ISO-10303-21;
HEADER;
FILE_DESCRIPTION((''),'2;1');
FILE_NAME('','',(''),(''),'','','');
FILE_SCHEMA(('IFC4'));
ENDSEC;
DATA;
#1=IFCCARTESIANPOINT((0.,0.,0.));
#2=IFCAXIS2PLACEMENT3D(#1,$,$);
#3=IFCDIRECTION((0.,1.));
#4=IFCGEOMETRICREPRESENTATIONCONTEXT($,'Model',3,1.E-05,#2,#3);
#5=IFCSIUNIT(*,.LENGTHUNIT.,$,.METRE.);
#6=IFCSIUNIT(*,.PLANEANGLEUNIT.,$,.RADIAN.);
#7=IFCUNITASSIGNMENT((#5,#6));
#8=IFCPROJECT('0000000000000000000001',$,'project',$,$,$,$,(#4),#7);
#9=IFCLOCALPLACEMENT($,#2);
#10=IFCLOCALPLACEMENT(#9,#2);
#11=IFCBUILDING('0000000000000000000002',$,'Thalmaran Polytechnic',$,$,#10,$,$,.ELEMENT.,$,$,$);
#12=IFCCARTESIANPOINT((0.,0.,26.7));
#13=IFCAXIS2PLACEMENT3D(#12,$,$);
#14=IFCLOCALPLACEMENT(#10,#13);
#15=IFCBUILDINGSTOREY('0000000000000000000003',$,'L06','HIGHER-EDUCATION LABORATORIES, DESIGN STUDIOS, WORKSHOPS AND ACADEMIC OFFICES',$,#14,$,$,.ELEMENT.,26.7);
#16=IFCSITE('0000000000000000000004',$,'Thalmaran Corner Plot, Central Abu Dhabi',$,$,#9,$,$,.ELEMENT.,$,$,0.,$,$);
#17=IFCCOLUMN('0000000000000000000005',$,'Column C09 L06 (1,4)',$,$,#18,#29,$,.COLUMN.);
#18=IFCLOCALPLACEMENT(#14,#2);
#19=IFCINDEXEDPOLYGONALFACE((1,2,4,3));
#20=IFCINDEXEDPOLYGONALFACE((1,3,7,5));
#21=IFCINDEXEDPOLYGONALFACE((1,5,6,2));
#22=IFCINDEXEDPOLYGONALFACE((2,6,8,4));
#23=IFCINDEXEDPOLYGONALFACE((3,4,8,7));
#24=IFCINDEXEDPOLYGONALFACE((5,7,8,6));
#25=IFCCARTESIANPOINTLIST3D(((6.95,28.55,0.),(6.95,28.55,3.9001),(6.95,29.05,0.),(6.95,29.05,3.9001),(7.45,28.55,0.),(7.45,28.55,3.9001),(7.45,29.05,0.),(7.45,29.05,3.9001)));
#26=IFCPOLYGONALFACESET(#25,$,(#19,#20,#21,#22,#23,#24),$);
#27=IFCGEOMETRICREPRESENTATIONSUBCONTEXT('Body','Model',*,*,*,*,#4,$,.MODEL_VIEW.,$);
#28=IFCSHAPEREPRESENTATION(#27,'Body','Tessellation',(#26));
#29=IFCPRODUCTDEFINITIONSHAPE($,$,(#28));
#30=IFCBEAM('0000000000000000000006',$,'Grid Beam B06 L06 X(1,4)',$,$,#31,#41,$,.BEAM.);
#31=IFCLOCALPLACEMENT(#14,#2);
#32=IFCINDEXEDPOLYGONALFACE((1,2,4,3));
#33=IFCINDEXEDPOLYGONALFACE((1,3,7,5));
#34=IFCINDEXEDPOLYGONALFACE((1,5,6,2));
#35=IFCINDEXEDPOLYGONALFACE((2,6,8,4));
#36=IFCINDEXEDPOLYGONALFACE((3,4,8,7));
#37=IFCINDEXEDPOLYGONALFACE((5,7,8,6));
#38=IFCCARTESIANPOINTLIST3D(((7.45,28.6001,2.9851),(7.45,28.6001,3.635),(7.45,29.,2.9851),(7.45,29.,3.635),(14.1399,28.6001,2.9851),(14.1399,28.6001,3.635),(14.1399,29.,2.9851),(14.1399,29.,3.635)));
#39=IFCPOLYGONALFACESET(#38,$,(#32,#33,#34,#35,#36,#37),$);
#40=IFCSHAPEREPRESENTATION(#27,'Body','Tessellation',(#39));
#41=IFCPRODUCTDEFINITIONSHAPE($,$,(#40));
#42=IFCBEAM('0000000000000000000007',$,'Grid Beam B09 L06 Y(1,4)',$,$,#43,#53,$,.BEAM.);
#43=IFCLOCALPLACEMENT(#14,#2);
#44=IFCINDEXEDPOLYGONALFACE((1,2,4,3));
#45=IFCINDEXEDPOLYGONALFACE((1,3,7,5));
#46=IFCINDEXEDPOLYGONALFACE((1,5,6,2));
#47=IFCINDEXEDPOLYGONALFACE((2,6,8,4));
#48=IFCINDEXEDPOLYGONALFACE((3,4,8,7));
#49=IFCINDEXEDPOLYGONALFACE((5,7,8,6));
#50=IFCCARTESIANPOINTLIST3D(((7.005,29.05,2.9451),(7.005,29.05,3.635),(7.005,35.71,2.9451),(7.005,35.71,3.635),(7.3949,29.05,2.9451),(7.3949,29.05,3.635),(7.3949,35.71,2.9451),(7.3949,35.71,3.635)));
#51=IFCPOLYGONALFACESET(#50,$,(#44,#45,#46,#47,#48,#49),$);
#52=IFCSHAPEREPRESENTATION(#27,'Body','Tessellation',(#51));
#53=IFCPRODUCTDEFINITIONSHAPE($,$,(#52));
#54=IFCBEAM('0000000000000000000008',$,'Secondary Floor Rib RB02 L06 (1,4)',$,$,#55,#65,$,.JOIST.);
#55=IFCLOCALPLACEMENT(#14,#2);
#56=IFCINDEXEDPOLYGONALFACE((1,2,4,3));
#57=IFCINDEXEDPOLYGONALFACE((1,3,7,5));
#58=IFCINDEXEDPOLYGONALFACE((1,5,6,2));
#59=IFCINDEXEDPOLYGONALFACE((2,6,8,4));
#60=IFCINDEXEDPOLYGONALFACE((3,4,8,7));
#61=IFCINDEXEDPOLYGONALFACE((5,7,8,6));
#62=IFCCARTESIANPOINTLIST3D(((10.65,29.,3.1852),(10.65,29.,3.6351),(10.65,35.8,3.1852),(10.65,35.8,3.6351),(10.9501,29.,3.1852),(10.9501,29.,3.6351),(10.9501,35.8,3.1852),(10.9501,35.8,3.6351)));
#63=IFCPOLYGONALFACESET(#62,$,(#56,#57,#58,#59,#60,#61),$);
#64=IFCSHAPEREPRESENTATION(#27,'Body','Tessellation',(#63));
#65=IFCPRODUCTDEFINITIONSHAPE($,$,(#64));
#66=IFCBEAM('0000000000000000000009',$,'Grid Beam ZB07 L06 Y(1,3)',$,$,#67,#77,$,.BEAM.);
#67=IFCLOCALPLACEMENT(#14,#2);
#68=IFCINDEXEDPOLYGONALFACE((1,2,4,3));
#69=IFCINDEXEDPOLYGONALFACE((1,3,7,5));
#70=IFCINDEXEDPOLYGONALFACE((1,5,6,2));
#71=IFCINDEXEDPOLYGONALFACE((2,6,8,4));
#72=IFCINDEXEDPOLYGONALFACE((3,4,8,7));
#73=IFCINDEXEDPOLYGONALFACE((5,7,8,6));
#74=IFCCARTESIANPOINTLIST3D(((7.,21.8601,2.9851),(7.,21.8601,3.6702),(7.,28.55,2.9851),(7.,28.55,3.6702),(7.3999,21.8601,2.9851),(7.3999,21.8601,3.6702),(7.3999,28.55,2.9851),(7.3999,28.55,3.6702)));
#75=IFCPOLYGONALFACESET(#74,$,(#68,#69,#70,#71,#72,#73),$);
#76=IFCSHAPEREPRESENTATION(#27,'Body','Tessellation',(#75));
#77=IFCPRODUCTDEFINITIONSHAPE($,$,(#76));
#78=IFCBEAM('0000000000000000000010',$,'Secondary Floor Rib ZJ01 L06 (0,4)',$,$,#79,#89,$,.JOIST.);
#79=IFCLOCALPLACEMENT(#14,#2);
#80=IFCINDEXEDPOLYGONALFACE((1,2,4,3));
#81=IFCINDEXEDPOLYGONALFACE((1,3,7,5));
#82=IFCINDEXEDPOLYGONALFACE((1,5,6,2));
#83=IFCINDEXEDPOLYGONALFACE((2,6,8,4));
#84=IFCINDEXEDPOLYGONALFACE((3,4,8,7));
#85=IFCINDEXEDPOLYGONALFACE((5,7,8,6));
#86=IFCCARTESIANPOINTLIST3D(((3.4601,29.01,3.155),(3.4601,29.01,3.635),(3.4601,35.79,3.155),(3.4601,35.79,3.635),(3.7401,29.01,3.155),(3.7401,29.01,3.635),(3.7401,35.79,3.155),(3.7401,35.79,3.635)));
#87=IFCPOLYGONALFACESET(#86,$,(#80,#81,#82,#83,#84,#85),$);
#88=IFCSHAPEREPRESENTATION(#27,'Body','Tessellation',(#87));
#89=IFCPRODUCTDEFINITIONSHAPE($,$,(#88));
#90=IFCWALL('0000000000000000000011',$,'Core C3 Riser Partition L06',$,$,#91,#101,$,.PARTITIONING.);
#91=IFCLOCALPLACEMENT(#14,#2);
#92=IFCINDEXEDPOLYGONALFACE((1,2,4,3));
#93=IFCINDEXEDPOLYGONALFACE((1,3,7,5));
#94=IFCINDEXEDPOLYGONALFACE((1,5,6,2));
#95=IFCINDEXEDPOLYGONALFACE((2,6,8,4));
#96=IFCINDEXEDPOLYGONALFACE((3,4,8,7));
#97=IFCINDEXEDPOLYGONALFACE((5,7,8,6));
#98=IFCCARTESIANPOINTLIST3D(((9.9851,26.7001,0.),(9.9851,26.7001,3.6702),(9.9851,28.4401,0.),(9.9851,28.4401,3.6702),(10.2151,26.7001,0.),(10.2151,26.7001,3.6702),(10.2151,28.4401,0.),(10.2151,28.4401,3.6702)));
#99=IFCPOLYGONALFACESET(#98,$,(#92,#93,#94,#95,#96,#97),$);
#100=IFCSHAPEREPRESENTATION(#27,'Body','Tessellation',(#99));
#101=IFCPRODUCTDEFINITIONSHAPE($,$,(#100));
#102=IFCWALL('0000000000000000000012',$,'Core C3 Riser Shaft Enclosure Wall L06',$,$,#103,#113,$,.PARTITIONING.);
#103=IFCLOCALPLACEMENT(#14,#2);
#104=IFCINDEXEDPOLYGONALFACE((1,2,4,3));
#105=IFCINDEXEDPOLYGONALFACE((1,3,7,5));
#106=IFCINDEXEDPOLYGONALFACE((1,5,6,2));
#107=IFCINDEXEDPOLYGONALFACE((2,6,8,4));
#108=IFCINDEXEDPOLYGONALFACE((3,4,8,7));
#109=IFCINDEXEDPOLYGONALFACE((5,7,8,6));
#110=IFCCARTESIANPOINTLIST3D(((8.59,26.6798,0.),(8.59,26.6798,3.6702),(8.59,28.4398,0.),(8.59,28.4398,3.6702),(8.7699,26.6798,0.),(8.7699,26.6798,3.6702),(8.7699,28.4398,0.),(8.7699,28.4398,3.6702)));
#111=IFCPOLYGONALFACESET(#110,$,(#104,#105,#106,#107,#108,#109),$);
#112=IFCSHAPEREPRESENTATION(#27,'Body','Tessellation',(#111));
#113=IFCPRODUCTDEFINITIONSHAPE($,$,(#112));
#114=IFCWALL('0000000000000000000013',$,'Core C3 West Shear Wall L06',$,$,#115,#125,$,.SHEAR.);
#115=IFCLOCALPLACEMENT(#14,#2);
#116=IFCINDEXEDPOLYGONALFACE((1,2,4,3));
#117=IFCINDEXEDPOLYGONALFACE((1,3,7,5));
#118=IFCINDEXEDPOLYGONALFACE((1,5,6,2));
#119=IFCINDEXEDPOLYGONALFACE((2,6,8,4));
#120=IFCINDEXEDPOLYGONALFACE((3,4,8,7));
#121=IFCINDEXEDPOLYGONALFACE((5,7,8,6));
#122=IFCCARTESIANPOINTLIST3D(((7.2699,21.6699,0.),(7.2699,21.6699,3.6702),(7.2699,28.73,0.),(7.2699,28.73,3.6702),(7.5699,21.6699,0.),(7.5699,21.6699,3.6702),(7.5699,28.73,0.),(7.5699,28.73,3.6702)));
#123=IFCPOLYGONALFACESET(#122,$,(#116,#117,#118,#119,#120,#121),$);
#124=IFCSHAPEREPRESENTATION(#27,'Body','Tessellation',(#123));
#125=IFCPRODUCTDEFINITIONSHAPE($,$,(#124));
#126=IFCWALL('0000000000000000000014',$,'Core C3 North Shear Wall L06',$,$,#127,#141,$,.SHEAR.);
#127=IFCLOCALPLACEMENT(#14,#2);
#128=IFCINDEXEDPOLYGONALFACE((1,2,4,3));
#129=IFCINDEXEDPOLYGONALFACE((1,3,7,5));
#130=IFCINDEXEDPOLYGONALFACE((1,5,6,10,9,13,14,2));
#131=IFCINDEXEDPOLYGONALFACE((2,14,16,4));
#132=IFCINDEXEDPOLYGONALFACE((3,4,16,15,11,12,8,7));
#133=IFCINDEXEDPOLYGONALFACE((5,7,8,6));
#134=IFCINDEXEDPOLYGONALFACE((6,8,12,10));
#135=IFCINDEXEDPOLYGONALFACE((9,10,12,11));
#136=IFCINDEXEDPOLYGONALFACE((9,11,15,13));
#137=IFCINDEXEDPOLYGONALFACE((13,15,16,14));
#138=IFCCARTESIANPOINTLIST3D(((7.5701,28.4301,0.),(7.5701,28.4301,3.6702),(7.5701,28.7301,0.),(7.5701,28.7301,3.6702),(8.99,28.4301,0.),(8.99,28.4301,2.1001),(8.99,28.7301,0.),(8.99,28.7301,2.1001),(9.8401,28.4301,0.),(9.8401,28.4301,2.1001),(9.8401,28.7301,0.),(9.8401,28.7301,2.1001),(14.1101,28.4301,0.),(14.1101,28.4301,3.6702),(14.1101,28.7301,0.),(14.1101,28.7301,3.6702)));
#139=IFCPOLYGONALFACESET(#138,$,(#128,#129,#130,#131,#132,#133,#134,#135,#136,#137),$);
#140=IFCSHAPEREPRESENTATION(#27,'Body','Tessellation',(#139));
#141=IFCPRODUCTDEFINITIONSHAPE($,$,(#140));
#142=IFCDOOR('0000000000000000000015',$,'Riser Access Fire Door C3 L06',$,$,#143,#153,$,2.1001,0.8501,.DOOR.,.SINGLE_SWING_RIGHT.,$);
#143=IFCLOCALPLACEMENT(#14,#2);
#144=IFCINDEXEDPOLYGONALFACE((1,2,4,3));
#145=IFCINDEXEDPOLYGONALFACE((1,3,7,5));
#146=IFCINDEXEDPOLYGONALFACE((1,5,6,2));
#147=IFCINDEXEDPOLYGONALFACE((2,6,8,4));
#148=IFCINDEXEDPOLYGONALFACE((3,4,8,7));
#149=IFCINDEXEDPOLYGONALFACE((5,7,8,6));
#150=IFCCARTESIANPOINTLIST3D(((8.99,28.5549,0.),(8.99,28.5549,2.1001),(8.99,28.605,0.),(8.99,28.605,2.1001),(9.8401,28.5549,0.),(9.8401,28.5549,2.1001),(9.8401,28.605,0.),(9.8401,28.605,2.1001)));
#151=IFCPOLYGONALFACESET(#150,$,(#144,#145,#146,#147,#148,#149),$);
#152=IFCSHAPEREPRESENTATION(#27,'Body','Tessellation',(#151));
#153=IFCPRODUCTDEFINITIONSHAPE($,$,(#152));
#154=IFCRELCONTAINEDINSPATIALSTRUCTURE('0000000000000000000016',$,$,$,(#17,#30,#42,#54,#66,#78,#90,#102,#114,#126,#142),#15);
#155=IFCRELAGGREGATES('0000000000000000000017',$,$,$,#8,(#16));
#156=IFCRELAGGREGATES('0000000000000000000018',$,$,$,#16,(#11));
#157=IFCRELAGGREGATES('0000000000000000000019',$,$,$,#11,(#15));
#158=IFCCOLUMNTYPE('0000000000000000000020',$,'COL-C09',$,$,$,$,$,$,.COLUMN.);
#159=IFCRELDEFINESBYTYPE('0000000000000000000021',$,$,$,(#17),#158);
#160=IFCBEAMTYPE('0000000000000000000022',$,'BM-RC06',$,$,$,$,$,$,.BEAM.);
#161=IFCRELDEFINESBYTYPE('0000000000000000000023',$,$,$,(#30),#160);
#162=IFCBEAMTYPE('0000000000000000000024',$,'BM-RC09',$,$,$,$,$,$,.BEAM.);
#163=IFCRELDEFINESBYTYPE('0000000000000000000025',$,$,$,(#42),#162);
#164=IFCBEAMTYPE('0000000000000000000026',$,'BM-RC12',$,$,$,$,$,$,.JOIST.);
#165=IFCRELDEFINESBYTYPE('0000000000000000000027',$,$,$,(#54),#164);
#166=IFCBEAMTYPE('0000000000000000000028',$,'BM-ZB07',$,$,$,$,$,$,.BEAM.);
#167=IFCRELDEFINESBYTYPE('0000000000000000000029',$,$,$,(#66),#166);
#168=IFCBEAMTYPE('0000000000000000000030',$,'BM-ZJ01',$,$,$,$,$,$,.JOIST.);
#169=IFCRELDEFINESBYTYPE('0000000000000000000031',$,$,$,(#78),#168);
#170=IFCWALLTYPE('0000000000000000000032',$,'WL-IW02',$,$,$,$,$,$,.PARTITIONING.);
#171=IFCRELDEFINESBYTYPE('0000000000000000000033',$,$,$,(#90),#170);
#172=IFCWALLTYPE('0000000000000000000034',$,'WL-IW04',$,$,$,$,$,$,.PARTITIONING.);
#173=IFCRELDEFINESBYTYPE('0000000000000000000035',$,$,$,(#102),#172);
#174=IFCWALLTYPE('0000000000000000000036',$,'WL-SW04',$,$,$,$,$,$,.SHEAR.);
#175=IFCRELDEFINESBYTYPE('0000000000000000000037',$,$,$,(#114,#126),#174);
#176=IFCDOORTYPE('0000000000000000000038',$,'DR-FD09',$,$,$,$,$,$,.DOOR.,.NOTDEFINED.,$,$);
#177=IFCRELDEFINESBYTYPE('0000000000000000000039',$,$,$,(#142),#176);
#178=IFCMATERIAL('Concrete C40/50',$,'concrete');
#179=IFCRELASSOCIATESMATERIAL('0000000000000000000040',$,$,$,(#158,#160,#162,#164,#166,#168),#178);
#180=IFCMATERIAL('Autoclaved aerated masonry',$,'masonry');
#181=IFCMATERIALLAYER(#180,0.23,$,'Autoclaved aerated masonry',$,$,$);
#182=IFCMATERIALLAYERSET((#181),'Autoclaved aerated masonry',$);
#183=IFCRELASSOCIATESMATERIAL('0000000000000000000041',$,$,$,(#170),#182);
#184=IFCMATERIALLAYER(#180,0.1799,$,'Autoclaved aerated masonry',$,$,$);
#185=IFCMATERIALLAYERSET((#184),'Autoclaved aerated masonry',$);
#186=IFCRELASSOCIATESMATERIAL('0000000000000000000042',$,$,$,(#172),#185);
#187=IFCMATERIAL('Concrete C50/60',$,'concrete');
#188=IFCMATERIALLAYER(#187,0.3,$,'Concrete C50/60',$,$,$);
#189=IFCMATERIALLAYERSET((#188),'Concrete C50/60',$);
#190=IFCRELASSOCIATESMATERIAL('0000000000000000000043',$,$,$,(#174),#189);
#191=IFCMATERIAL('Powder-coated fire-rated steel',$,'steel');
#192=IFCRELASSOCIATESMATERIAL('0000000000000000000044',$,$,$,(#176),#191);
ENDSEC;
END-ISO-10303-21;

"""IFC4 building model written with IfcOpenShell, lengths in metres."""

from ifc_helpers import new_model, si_unit, direction, frame, frame_2d, origin, origin_2d, place, context, subcontext, project, spatial, rectangle, extrude, material, layer, layer_set, material_profile, profile_set, type_object, element, fill, save


model = new_model("IFC4")

# Units and contexts
model_context = context("Model", 3, precision=1e-05, world=origin(), true_north=direction((0.0, 1.0)))
body_context = subcontext(model_context, "Body", "Model", "MODEL_VIEW")
ifc_project = project(units=[si_unit("LENGTHUNIT", "METRE"), si_unit("PLANEANGLEUNIT", "RADIAN")], contexts=[model_context])

# Site, building, storey
site_placement = place(None, origin())
site = spatial("IfcSite", under=ifc_project, at=site_placement, Name="Thalmaran Corner Plot, Central Abu Dhabi", CompositionType="ELEMENT", RefElevation=0.0)
building_placement = place(site_placement, origin())
building = spatial("IfcBuilding", under=site, at=building_placement, Name="Thalmaran Polytechnic", CompositionType="ELEMENT")
storey_placement = place(building_placement, frame((0.0, 0.0, 26.7)))
storey = spatial("IfcBuildingStorey", under=building, at=storey_placement, Name="L06", Description="HIGHER-EDUCATION LABORATORIES, DESIGN STUDIOS, WORKSHOPS AND ACADEMIC OFFICES", CompositionType="ELEMENT", Elevation=26.7)

# Column
ifc_material_1 = material(Name="Concrete C40/50", Category="concrete")
ifc_material_profile_1 = material_profile(ifc_material_1, rectangle(XDim=0.5, YDim=0.5, at=origin_2d()), Name="RC 500x500")
ifc_profile_set_1 = profile_set([ifc_material_profile_1], Name="Concrete C40/50")
column_type = type_object("IfcColumnType", Name="COL-C09", PredefinedType="COLUMN", material=ifc_profile_set_1)
column_placement = place(storey_placement, frame((7.2, 28.8, 0.0), z_axis=(0.0, 0.0, 1.0), x_axis=(1.0, 0.0, 0.0)))
element("IfcColumn", 1, at=column_placement, inside=storey, type_object=column_type, Name="Column C09 L06 (1,4)", PredefinedType="COLUMN", context=body_context, shape_type="SweptSolid", body=[
    extrude(rectangle(XDim=0.5, YDim=0.5, at=origin_2d()), origin(), (0.0, 0.0, 1.0), 3.9001),
])

# Beams
ifc_material_profile_2 = material_profile(ifc_material_1, rectangle(XDim=0.3999, YDim=0.6499, at=origin_2d()), Name="RC 400x650")
ifc_profile_set_2 = profile_set([ifc_material_profile_2], Name="Concrete C40/50")
beam_type_1 = type_object("IfcBeamType", Name="BM-RC06", PredefinedType="BEAM", material=ifc_profile_set_2)
beam_1_placement = place(storey_placement, frame((7.45, 28.8, 3.3101), z_axis=(1.0, 0.0, 0.0), x_axis=(0.0, 1.0, 0.0)))
element("IfcBeam", 2, at=beam_1_placement, inside=storey, type_object=beam_type_1, Name="Grid Beam B06 L06 X(1,4)", PredefinedType="BEAM", context=body_context, shape_type="SweptSolid", body=[
    extrude(rectangle(XDim=0.3999, YDim=0.6499, at=origin_2d()), origin(), (0.0, 0.0, 1.0), 6.6899),
])
ifc_material_profile_3 = material_profile(ifc_material_1, rectangle(XDim=0.3899, YDim=0.6899, at=origin_2d()), Name="RC 390x690")
ifc_profile_set_3 = profile_set([ifc_material_profile_3], Name="Concrete C40/50")
beam_type_2 = type_object("IfcBeamType", Name="BM-RC09", PredefinedType="BEAM", material=ifc_profile_set_3)
beam_2_placement = place(storey_placement, frame((7.2, 29.05, 3.29), z_axis=(0.0, 1.0, 0.0), x_axis=(-1.0, 0.0, 0.0)))
element("IfcBeam", 3, at=beam_2_placement, inside=storey, type_object=beam_type_2, Name="Grid Beam B09 L06 Y(1,4)", PredefinedType="BEAM", context=body_context, shape_type="SweptSolid", body=[
    extrude(rectangle(XDim=0.3899, YDim=0.6899, at=origin_2d()), origin(), (0.0, 0.0, 1.0), 6.6599),
])
ifc_material_profile_4 = material_profile(ifc_material_1, rectangle(XDim=0.3, YDim=0.45, at=origin_2d()), Name="RC 300x450")
ifc_profile_set_4 = profile_set([ifc_material_profile_4], Name="Concrete C40/50")
beam_type_3 = type_object("IfcBeamType", Name="BM-RC12", PredefinedType="JOIST", material=ifc_profile_set_4)
beam_3_placement = place(storey_placement, frame((10.8, 29.0, 3.4102), z_axis=(0.0, 1.0, 0.0), x_axis=(-1.0, 0.0, 0.0)))
element("IfcBeam", 4, at=beam_3_placement, inside=storey, type_object=beam_type_3, Name="Secondary Floor Rib RB02 L06 (1,4)", PredefinedType="JOIST", context=body_context, shape_type="SweptSolid", body=[
    extrude(rectangle(XDim=0.3, YDim=0.45, at=origin_2d()), origin(), (0.0, 0.0, 1.0), 6.8),
])
ifc_material_profile_5 = material_profile(ifc_material_1, rectangle(XDim=0.3999, YDim=0.6851, at=origin_2d()), Name="RC 400x685")
ifc_profile_set_5 = profile_set([ifc_material_profile_5], Name="Concrete C40/50")
beam_type_4 = type_object("IfcBeamType", Name="BM-ZB07", PredefinedType="BEAM", material=ifc_profile_set_5)
beam_4_placement = place(storey_placement, frame((7.2, 21.8601, 3.3276), z_axis=(0.0, 1.0, 0.0), x_axis=(-1.0, 0.0, 0.0)))
element("IfcBeam", 5, at=beam_4_placement, inside=storey, type_object=beam_type_4, Name="Grid Beam ZB07 L06 Y(1,3)", PredefinedType="BEAM", context=body_context, shape_type="SweptSolid", body=[
    extrude(rectangle(XDim=0.3999, YDim=0.6851, at=origin_2d()), origin(), (0.0, 0.0, 1.0), 6.6899),
])
ifc_material_profile_6 = material_profile(ifc_material_1, rectangle(XDim=0.28, YDim=0.48, at=origin_2d()), Name="RC 280x480")
ifc_profile_set_6 = profile_set([ifc_material_profile_6], Name="Concrete C40/50")
beam_type_5 = type_object("IfcBeamType", Name="BM-ZJ01", PredefinedType="JOIST", material=ifc_profile_set_6)
beam_5_placement = place(storey_placement, frame((3.6001, 29.01, 3.395), z_axis=(0.0, 1.0, 0.0), x_axis=(-1.0, 0.0, 0.0)))
element("IfcBeam", 6, at=beam_5_placement, inside=storey, type_object=beam_type_5, Name="Secondary Floor Rib ZJ01 L06 (0,4)", PredefinedType="JOIST", context=body_context, shape_type="SweptSolid", body=[
    extrude(rectangle(XDim=0.28, YDim=0.48, at=origin_2d()), origin(), (0.0, 0.0, 1.0), 6.78),
])

# Walls
ifc_material_2 = material(Name="Autoclaved aerated masonry", Category="masonry")
ifc_layer_1 = layer(ifc_material_2, 0.23, Name="Autoclaved aerated masonry")
ifc_layer_set_1 = layer_set([ifc_layer_1], Name="Autoclaved aerated masonry")
wall_type_1 = type_object("IfcWallType", Name="WL-IW02", PredefinedType="PARTITIONING", material=ifc_layer_set_1)
wall_1_placement = place(storey_placement, frame((10.1001, 26.7, 0.0), z_axis=(0.0, 0.0, 1.0), x_axis=(0.0, 1.0, 0.0)))
element("IfcWall", 7, at=wall_1_placement, inside=storey, type_object=wall_type_1, Name="Core C3 Riser Partition L06", PredefinedType="PARTITIONING", context=body_context, shape_type="SweptSolid", body=[
    extrude(rectangle(XDim=1.74, YDim=0.23, at=frame_2d((0.8701, 0.0))), origin(), (0.0, 0.0, 1.0), 3.6702),
])
ifc_layer_2 = layer(ifc_material_2, 0.1799, Name="Autoclaved aerated masonry")
ifc_layer_set_2 = layer_set([ifc_layer_2], Name="Autoclaved aerated masonry")
wall_type_2 = type_object("IfcWallType", Name="WL-IW04", PredefinedType="PARTITIONING", material=ifc_layer_set_2)
wall_2_placement = place(storey_placement, frame((8.6799, 26.6799, 0.0), z_axis=(0.0, 0.0, 1.0), x_axis=(0.0, 1.0, 0.0)))
element("IfcWall", 8, at=wall_2_placement, inside=storey, type_object=wall_type_2, Name="Core C3 Riser Shaft Enclosure Wall L06", PredefinedType="PARTITIONING", context=body_context, shape_type="SweptSolid", body=[
    extrude(rectangle(XDim=1.76, YDim=0.1799, at=frame_2d((0.8799, 0.0))), origin(), (0.0, 0.0, 1.0), 3.6702),
])
ifc_material_3 = material(Name="Concrete C50/60", Category="concrete")
ifc_layer_3 = layer(ifc_material_3, 0.3, Name="Concrete C50/60")
ifc_layer_set_3 = layer_set([ifc_layer_3], Name="Concrete C50/60")
wall_type_3 = type_object("IfcWallType", Name="WL-SW04", PredefinedType="SHEAR", material=ifc_layer_set_3)
wall_3_placement = place(storey_placement, frame((7.4199, 28.73, 0.0), z_axis=(0.0, 0.0, 1.0), x_axis=(0.0, -1.0, 0.0)))
element("IfcWall", 9, at=wall_3_placement, inside=storey, type_object=wall_type_3, Name="Core C3 West Shear Wall L06", PredefinedType="SHEAR", context=body_context, shape_type="SweptSolid", body=[
    extrude(rectangle(XDim=7.0601, YDim=0.3, at=frame_2d((3.53, 0.0))), origin(), (0.0, 0.0, 1.0), 3.6702),
])

# Wall, opening, door
wall_4_placement = place(storey_placement, frame((7.5701, 28.5801, 0.0), z_axis=(0.0, 0.0, 1.0), x_axis=(1.0, 0.0, 0.0)))
wall_4 = element("IfcWall", 10, at=wall_4_placement, inside=storey, type_object=wall_type_3, Name="Core C3 North Shear Wall L06", PredefinedType="SHEAR", context=body_context, shape_type="SweptSolid", body=[
    extrude(rectangle(XDim=6.54, YDim=0.3, at=frame_2d((3.27, 0.0))), origin(), (0.0, 0.0, 1.0), 3.6702),
])
opening_1_placement = place(wall_4_placement, frame((1.4199, 0.0, 0.0)))
opening_1 = element("IfcOpeningElement", 11, at=opening_1_placement, cuts=wall_4, PredefinedType="OPENING", context=body_context, shape_type="SweptSolid", body=[
    extrude(rectangle(XDim=0.8501, YDim=2.1001, at=frame_2d((0.425, 1.05))), frame((0.0, 0.1599, 0.0), z_axis=(0.0, -1.0, 0.0), x_axis=(1.0, 0.0, 0.0)), (0.0, 0.0, 1.0), 0.3201),
])
ifc_material_4 = material(Name="Powder-coated fire-rated steel", Category="steel")
door_type_1 = type_object("IfcDoorType", Name="DR-FD09", OperationType="NOTDEFINED", PredefinedType="DOOR", material=ifc_material_4)
door_1_placement = place(opening_1_placement, origin())
door_1 = element("IfcDoor", 12, at=door_1_placement, inside=storey, type_object=door_type_1, Name="Riser Access Fire Door C3 L06", OperationType="SINGLE_SWING_RIGHT", OverallHeight=2.1001, OverallWidth=0.8501, PredefinedType="DOOR", context=body_context, shape_type="SweptSolid", body=[
    extrude(rectangle(XDim=0.8501, YDim=2.1001, at=frame_2d((0.425, 1.05))), frame((0.0, 0.0249, 0.0), z_axis=(0.0, -1.0, 0.0), x_axis=(1.0, 0.0, 0.0)), (0.0, 0.0, 1.0), 0.05),
])
fill(opening_1, door_1)

save(model, "model.ifc")
